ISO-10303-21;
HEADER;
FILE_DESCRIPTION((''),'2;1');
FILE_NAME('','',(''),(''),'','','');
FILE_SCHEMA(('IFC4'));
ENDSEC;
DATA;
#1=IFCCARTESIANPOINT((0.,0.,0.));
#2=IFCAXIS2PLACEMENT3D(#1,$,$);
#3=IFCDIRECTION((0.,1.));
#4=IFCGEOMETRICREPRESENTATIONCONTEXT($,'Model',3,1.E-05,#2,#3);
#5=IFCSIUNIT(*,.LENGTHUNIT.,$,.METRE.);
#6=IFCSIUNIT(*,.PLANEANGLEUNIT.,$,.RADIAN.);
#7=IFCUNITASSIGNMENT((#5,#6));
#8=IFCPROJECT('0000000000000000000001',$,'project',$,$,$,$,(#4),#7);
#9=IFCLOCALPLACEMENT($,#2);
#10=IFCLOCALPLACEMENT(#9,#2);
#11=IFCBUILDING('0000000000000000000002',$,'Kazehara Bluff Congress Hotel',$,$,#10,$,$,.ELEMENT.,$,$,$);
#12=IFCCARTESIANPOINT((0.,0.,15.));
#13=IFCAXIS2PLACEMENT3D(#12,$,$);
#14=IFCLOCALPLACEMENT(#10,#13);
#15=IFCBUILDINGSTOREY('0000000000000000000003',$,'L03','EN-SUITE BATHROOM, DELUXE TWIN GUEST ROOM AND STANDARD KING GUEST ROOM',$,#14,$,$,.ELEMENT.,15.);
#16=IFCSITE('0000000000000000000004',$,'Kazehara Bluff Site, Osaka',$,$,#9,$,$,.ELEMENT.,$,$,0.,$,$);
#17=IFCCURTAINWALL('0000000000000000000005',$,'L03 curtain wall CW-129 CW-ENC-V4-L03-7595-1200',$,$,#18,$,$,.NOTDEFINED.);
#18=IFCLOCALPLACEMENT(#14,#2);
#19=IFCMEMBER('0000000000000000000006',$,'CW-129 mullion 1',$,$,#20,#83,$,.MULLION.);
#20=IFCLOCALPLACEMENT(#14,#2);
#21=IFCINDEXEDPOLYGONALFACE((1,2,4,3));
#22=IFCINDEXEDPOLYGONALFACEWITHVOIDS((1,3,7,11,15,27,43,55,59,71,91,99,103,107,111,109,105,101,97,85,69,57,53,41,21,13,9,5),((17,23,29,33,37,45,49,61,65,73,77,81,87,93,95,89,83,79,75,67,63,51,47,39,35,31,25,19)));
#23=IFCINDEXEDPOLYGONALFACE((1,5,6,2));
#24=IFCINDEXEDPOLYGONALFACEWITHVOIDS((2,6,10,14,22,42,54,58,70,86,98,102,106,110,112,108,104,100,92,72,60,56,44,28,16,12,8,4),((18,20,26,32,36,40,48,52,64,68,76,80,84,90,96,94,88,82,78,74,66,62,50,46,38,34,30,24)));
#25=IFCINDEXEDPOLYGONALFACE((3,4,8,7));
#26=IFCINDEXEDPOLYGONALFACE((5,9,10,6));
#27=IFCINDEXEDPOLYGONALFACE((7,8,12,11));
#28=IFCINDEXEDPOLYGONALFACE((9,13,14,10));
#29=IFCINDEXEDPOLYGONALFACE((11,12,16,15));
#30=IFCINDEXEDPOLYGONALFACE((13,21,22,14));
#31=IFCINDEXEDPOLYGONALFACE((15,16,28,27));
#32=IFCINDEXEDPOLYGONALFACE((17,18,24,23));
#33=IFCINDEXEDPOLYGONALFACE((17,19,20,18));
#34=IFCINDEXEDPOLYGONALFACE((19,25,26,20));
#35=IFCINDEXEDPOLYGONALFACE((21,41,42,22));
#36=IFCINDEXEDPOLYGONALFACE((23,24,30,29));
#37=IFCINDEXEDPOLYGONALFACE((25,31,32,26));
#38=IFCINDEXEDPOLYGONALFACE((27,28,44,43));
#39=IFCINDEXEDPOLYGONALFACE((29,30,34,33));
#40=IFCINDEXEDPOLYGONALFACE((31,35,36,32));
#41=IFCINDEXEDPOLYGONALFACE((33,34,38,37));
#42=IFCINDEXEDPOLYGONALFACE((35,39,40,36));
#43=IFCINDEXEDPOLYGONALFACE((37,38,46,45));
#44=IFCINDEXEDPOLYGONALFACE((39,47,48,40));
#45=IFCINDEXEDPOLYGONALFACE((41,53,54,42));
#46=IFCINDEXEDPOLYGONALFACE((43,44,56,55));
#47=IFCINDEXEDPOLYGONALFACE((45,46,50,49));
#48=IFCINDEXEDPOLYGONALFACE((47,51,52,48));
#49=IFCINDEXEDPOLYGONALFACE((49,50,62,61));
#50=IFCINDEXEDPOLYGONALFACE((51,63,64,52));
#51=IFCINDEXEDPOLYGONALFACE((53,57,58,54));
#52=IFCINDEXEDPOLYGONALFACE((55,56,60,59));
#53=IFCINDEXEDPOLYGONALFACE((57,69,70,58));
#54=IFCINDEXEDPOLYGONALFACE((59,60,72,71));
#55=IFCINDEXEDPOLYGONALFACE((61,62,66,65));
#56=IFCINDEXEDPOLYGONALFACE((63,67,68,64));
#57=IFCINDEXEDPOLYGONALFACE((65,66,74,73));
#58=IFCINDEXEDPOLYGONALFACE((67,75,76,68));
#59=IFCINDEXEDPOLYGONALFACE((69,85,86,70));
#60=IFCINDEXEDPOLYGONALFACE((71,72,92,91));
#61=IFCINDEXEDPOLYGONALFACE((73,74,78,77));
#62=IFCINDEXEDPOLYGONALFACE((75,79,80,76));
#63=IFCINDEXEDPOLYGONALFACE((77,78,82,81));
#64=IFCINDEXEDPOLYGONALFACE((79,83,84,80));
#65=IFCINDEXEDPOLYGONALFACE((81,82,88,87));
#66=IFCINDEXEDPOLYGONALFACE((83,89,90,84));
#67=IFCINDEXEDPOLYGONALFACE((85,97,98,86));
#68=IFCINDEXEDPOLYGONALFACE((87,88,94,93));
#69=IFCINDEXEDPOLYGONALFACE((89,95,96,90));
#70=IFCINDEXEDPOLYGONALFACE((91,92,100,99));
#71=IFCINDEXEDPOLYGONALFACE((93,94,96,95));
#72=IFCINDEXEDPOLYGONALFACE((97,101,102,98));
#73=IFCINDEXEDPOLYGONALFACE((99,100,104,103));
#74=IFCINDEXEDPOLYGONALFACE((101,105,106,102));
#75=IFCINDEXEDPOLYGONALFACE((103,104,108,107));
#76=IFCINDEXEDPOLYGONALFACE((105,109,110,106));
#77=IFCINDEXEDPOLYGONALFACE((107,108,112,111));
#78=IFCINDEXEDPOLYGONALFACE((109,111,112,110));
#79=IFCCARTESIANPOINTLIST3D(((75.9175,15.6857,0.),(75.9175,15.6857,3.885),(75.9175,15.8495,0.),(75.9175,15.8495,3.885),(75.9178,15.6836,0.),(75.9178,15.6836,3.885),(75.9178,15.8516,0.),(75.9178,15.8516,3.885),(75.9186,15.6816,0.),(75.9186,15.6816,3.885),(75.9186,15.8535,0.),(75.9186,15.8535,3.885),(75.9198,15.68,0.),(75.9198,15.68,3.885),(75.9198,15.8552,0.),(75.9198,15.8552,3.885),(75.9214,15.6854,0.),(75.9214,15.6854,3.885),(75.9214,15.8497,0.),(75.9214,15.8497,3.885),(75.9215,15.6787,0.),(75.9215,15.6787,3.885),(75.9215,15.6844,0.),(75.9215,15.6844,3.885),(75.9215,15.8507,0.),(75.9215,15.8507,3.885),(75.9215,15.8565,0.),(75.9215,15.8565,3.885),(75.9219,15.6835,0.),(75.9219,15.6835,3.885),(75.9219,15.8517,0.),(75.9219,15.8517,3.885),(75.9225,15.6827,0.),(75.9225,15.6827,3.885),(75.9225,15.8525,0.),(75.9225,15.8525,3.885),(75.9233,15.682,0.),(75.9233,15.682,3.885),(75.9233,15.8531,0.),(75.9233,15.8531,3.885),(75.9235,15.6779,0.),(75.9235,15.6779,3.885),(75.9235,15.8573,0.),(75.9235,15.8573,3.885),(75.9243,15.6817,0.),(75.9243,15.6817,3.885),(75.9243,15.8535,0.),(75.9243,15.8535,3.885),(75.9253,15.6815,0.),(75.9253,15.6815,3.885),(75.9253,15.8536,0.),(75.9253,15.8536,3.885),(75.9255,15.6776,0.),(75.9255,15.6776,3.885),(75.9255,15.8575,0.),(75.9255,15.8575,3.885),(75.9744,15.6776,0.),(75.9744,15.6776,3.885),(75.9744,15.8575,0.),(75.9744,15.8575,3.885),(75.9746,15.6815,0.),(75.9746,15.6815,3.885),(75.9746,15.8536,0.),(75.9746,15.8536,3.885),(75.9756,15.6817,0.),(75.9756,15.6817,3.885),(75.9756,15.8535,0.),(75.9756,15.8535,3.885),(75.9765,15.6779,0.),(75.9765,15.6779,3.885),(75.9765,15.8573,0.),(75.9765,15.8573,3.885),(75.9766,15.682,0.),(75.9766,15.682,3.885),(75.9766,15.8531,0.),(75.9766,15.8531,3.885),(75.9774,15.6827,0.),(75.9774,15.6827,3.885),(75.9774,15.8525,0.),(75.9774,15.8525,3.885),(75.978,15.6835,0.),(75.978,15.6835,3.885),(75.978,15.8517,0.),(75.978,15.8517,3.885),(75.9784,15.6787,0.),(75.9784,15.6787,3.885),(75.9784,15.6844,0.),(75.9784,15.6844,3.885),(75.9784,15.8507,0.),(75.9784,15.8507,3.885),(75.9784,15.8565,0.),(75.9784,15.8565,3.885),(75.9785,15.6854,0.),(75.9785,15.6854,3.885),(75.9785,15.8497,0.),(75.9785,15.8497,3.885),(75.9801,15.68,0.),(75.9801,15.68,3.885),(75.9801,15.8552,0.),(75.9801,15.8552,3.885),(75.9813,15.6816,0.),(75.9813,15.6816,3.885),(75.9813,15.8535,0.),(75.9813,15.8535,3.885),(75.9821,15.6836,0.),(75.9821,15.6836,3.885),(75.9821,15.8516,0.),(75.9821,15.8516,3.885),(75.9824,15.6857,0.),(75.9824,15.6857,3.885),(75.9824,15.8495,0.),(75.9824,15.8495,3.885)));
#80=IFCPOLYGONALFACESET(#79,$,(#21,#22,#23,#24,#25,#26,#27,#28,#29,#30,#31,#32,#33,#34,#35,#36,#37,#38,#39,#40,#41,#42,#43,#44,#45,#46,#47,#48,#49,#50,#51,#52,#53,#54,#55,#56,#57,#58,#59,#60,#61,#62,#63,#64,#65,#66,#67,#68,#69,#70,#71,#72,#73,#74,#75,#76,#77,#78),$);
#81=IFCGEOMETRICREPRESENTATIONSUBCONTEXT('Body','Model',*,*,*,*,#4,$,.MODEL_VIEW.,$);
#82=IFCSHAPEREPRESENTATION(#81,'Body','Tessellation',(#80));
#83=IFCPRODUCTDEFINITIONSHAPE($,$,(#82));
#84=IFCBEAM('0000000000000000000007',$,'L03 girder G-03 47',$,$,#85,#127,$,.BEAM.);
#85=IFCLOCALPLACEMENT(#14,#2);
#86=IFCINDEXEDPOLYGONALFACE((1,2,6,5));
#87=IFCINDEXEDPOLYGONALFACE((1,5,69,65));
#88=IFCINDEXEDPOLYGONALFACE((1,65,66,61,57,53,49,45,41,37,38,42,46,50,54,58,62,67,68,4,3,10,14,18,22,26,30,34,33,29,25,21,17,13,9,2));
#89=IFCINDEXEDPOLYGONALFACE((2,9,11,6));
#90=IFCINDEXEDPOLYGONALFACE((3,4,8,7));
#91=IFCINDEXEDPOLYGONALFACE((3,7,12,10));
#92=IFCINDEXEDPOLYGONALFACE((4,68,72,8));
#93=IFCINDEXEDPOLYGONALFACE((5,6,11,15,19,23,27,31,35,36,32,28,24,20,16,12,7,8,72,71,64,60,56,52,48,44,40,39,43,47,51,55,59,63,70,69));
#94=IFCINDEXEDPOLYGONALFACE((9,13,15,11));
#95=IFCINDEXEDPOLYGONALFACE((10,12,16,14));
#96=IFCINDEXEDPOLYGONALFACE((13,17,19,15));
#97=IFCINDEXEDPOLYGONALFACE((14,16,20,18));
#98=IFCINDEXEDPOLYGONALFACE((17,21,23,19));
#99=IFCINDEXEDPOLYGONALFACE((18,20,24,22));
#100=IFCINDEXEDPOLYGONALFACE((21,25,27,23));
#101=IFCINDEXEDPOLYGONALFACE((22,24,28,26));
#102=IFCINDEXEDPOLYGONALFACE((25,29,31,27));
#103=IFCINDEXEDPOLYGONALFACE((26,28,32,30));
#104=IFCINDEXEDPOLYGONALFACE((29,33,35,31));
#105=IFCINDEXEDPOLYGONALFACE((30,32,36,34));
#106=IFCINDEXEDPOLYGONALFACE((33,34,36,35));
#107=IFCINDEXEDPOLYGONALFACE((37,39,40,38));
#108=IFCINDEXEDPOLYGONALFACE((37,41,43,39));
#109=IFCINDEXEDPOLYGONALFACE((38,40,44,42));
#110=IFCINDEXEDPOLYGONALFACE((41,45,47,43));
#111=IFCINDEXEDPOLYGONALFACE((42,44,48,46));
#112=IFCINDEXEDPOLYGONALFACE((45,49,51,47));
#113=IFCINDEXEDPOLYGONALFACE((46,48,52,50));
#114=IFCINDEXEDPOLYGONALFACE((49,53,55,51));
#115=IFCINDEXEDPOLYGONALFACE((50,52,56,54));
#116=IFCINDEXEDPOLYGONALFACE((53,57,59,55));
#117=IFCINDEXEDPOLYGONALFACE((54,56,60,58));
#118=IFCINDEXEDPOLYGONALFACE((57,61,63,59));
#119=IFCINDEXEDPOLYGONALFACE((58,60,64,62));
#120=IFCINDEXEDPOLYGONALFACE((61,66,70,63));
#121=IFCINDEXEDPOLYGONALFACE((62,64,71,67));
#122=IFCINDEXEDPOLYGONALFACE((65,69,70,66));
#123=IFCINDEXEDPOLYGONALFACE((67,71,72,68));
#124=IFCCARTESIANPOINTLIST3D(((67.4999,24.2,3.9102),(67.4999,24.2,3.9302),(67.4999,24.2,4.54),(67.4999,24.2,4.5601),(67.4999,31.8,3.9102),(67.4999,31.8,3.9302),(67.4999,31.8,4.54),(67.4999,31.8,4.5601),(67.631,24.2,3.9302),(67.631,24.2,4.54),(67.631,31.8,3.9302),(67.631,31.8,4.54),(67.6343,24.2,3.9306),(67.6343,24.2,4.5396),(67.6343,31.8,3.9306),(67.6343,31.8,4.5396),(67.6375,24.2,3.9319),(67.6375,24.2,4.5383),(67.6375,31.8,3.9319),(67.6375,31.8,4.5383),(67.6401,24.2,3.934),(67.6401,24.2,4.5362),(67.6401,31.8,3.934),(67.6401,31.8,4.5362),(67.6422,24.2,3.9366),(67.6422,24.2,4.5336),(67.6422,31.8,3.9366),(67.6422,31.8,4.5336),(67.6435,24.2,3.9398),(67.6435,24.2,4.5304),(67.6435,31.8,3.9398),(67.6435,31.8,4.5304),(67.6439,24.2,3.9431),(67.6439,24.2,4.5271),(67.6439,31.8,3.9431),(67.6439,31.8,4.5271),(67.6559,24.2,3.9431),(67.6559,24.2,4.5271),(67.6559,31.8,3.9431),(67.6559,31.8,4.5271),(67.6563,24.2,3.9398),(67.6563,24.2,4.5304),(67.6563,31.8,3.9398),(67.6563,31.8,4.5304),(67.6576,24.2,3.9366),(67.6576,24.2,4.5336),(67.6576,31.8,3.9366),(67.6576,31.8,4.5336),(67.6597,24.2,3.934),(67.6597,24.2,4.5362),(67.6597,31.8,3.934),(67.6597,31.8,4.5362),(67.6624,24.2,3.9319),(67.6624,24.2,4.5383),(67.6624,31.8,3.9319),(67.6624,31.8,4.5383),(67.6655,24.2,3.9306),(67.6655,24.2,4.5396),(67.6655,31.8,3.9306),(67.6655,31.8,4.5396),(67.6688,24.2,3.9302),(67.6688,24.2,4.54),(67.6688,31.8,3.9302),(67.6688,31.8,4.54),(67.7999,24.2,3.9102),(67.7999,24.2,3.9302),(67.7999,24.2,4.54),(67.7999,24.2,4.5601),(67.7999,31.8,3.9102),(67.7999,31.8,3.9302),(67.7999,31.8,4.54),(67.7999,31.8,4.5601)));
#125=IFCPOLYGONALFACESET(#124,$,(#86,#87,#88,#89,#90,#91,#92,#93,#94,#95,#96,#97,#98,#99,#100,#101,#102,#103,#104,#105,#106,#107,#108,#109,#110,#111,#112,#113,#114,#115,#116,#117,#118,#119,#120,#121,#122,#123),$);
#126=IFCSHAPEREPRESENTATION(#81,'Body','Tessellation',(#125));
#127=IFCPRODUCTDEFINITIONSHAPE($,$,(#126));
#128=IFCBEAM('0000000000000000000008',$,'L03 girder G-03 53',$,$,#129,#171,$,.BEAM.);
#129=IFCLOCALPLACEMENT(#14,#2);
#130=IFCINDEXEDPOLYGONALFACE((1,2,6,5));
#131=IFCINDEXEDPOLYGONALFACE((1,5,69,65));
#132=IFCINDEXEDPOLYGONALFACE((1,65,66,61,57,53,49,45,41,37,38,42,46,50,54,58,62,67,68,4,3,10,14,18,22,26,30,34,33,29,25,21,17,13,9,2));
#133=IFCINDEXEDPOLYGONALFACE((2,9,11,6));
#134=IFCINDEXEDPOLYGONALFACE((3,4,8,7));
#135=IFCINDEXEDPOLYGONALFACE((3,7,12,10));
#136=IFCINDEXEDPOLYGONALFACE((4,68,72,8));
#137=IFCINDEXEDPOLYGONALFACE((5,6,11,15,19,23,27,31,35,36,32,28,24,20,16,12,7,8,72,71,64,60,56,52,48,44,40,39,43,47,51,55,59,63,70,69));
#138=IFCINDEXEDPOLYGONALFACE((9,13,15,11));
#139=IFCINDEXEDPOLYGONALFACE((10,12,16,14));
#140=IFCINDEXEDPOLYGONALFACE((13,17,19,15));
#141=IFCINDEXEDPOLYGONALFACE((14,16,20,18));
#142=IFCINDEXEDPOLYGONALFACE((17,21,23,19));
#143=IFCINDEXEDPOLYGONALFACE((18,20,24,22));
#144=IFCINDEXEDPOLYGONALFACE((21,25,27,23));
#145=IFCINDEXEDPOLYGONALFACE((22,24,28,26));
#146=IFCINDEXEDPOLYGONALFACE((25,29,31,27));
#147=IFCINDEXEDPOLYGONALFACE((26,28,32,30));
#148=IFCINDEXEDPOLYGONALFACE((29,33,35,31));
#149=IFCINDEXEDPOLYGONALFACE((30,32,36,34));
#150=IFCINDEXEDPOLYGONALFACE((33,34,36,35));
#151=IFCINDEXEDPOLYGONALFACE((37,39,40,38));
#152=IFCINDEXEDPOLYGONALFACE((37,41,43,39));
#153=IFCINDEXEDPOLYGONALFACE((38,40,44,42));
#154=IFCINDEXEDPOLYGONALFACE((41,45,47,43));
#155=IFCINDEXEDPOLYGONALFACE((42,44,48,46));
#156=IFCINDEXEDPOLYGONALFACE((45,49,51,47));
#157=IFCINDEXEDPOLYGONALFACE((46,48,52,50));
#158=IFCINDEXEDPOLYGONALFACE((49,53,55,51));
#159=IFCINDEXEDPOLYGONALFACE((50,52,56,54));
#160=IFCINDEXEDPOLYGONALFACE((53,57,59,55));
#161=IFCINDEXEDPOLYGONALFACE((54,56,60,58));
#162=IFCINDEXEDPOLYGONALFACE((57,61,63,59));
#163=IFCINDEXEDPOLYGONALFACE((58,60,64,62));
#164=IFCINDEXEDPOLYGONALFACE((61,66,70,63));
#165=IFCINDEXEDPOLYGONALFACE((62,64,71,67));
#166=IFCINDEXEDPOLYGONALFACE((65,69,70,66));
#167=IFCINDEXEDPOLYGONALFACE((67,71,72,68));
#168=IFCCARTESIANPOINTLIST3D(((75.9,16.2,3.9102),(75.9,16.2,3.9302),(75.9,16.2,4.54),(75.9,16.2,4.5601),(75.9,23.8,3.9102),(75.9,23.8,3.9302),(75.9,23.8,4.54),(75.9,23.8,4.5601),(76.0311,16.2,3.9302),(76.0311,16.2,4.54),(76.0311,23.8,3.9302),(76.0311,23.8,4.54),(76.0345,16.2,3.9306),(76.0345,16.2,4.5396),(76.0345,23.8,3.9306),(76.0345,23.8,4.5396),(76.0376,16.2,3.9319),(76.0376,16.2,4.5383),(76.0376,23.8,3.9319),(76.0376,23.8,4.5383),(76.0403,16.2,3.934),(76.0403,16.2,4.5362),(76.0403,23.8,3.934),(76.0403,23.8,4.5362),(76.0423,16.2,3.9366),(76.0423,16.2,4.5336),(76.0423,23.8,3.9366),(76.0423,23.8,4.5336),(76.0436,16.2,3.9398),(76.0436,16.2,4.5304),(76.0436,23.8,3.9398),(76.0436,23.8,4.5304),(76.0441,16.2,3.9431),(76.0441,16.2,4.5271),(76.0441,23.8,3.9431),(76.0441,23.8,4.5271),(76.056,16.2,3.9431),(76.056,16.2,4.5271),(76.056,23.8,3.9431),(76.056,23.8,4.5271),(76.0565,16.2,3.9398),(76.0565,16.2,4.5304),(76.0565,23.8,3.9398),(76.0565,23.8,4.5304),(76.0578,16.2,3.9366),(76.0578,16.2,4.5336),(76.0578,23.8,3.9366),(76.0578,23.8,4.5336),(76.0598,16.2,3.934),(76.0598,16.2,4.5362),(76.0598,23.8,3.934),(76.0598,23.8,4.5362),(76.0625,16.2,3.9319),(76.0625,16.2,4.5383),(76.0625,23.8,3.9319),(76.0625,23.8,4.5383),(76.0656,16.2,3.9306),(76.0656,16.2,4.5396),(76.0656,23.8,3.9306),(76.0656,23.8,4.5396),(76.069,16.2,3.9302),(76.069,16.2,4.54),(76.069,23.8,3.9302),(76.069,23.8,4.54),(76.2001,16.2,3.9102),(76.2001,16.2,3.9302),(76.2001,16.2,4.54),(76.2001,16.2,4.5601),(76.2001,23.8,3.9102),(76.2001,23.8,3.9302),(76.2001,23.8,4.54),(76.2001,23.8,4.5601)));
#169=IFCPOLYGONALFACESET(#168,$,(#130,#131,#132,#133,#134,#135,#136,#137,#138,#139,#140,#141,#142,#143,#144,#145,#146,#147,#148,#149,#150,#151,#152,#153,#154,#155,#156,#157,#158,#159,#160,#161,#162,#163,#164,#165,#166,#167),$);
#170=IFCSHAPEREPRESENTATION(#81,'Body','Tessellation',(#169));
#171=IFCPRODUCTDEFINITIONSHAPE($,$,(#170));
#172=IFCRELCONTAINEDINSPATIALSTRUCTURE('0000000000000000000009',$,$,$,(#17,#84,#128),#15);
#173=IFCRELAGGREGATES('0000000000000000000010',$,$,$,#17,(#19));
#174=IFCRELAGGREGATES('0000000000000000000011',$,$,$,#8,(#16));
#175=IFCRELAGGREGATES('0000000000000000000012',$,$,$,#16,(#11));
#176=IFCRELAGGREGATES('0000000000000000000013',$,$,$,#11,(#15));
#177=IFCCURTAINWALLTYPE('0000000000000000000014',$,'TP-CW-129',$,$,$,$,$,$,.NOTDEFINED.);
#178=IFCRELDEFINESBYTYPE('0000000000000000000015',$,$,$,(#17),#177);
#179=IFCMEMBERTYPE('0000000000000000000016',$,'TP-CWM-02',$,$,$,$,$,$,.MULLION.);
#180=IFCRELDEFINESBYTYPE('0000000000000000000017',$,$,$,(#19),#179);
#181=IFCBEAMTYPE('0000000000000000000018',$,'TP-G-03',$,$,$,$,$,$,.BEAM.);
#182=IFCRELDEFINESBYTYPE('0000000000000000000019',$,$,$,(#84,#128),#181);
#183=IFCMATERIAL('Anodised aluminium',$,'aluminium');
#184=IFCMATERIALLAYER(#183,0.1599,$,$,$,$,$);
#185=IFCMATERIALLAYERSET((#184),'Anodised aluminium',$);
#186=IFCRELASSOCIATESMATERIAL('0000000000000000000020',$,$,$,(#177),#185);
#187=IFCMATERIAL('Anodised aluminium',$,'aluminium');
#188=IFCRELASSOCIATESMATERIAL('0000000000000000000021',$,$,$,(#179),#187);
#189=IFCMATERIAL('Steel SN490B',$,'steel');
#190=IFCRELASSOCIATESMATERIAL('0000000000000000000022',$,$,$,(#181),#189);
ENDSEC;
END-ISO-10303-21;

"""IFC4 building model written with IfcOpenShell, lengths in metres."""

from ifc_helpers import new_model, si_unit, direction, frame, origin, origin_2d, place, context, subcontext, project, spatial, hollow_rectangle, i_section, extrude, material, layer, layer_set, material_profile, profile_set, type_object, element, aggregate, save


model = new_model("IFC4")

# Units and contexts
model_context = context("Model", 3, precision=1e-05, world=origin(), true_north=direction((0.0, 1.0)))
body_context = subcontext(model_context, "Body", "Model", "MODEL_VIEW")
ifc_project = project(units=[si_unit("LENGTHUNIT", "METRE"), si_unit("PLANEANGLEUNIT", "RADIAN")], contexts=[model_context])

# Site, building, storey
site_placement = place(None, origin())
site = spatial("IfcSite", under=ifc_project, at=site_placement, Name="Kazehara Bluff Site, Osaka", CompositionType="ELEMENT", RefElevation=0.0)
building_placement = place(site_placement, origin())
building = spatial("IfcBuilding", under=site, at=building_placement, Name="Kazehara Bluff Congress Hotel", CompositionType="ELEMENT")
storey_placement = place(building_placement, frame((0.0, 0.0, 15.0)))
storey = spatial("IfcBuildingStorey", under=building, at=storey_placement, Name="L03", Description="EN-SUITE BATHROOM, DELUXE TWIN GUEST ROOM AND STANDARD KING GUEST ROOM", CompositionType="ELEMENT", Elevation=15.0)

# Curtain wall, member
ifc_material_1 = material(Name="Anodised aluminium", Category="aluminium")
ifc_layer_1 = layer(ifc_material_1, 0.1599)
ifc_layer_set_1 = layer_set([ifc_layer_1], Name="Anodised aluminium")
curtain_wall_type = type_object("IfcCurtainWallType", Name="TP-CW-129", PredefinedType="NOTDEFINED", material=ifc_layer_set_1)
curtain_wall_placement = place(storey_placement, origin())
curtain_wall = element("IfcCurtainWall", 1, at=curtain_wall_placement, inside=storey, type_object=curtain_wall_type, Name="L03 curtain wall CW-129 CW-ENC-V4-L03-7595-1200", PredefinedType="NOTDEFINED")
ifc_material_2 = material(Name="Anodised aluminium", Category="aluminium")
ifc_material_profile_1 = material_profile(ifc_material_2, hollow_rectangle(XDim=0.0649, YDim=0.1799, WallThickness=0.0039, InnerFilletRadius=0.0039, OuterFilletRadius=0.0081, at=origin_2d()))
ifc_profile_set_1 = profile_set([ifc_material_profile_1], Name="Anodised aluminium")
member_type = type_object("IfcMemberType", Name="TP-CWM-02", PredefinedType="MULLION", material=ifc_profile_set_1)
member_placement = place(storey_placement, frame((75.95, 15.7676, 0.0), z_axis=(0.0, 0.0, 1.0), x_axis=(1.0, 0.0, 0.0)))
member = element("IfcMember", 2, at=member_placement, type_object=member_type, Name="CW-129 mullion 1", PredefinedType="MULLION", context=body_context, shape_type="SweptSolid", body=[
    extrude(hollow_rectangle(XDim=0.0649, YDim=0.1799, WallThickness=0.0039, InnerFilletRadius=0.0039, OuterFilletRadius=0.0081, at=origin_2d()), origin(), (0.0, 0.0, 1.0), 3.885),
])
aggregate(curtain_wall, [member])

# Beams
ifc_material_3 = material(Name="Steel SN490B", Category="steel")
ifc_material_profile_2 = material_profile(ifc_material_3, i_section(OverallWidth=0.3, OverallDepth=0.6499, WebThickness=0.012, FlangeThickness=0.02, FilletRadius=0.0129, at=origin_2d()))
ifc_profile_set_2 = profile_set([ifc_material_profile_2], Name="Steel SN490B")
beam_type_1 = type_object("IfcBeamType", Name="TP-G-03", PredefinedType="BEAM", material=ifc_profile_set_2)
for number, where, z_axis, x_axis, name in (
    (3, (67.6499, 24.2, 4.2351), (0.0, 1.0, 0.0), (-1.0, 0.0, 0.0), "L03 girder G-03 47"),
    (4, (76.05, 16.2, 4.2351), (0.0, 1.0, 0.0), (-1.0, 0.0, 0.0), "L03 girder G-03 53"),
):
    element("IfcBeam", number, at=place(storey_placement, frame(where, z_axis=z_axis, x_axis=x_axis)), inside=storey, type_object=beam_type_1, Name=name, PredefinedType="BEAM", context=body_context, shape_type="SweptSolid", body=[
        extrude(i_section(OverallWidth=0.3, OverallDepth=0.6499, WebThickness=0.012, FlangeThickness=0.02, FilletRadius=0.0129, at=origin_2d()), origin(), (0.0, 0.0, 1.0), 7.6001),
    ])

save(model, "model.ifc")
